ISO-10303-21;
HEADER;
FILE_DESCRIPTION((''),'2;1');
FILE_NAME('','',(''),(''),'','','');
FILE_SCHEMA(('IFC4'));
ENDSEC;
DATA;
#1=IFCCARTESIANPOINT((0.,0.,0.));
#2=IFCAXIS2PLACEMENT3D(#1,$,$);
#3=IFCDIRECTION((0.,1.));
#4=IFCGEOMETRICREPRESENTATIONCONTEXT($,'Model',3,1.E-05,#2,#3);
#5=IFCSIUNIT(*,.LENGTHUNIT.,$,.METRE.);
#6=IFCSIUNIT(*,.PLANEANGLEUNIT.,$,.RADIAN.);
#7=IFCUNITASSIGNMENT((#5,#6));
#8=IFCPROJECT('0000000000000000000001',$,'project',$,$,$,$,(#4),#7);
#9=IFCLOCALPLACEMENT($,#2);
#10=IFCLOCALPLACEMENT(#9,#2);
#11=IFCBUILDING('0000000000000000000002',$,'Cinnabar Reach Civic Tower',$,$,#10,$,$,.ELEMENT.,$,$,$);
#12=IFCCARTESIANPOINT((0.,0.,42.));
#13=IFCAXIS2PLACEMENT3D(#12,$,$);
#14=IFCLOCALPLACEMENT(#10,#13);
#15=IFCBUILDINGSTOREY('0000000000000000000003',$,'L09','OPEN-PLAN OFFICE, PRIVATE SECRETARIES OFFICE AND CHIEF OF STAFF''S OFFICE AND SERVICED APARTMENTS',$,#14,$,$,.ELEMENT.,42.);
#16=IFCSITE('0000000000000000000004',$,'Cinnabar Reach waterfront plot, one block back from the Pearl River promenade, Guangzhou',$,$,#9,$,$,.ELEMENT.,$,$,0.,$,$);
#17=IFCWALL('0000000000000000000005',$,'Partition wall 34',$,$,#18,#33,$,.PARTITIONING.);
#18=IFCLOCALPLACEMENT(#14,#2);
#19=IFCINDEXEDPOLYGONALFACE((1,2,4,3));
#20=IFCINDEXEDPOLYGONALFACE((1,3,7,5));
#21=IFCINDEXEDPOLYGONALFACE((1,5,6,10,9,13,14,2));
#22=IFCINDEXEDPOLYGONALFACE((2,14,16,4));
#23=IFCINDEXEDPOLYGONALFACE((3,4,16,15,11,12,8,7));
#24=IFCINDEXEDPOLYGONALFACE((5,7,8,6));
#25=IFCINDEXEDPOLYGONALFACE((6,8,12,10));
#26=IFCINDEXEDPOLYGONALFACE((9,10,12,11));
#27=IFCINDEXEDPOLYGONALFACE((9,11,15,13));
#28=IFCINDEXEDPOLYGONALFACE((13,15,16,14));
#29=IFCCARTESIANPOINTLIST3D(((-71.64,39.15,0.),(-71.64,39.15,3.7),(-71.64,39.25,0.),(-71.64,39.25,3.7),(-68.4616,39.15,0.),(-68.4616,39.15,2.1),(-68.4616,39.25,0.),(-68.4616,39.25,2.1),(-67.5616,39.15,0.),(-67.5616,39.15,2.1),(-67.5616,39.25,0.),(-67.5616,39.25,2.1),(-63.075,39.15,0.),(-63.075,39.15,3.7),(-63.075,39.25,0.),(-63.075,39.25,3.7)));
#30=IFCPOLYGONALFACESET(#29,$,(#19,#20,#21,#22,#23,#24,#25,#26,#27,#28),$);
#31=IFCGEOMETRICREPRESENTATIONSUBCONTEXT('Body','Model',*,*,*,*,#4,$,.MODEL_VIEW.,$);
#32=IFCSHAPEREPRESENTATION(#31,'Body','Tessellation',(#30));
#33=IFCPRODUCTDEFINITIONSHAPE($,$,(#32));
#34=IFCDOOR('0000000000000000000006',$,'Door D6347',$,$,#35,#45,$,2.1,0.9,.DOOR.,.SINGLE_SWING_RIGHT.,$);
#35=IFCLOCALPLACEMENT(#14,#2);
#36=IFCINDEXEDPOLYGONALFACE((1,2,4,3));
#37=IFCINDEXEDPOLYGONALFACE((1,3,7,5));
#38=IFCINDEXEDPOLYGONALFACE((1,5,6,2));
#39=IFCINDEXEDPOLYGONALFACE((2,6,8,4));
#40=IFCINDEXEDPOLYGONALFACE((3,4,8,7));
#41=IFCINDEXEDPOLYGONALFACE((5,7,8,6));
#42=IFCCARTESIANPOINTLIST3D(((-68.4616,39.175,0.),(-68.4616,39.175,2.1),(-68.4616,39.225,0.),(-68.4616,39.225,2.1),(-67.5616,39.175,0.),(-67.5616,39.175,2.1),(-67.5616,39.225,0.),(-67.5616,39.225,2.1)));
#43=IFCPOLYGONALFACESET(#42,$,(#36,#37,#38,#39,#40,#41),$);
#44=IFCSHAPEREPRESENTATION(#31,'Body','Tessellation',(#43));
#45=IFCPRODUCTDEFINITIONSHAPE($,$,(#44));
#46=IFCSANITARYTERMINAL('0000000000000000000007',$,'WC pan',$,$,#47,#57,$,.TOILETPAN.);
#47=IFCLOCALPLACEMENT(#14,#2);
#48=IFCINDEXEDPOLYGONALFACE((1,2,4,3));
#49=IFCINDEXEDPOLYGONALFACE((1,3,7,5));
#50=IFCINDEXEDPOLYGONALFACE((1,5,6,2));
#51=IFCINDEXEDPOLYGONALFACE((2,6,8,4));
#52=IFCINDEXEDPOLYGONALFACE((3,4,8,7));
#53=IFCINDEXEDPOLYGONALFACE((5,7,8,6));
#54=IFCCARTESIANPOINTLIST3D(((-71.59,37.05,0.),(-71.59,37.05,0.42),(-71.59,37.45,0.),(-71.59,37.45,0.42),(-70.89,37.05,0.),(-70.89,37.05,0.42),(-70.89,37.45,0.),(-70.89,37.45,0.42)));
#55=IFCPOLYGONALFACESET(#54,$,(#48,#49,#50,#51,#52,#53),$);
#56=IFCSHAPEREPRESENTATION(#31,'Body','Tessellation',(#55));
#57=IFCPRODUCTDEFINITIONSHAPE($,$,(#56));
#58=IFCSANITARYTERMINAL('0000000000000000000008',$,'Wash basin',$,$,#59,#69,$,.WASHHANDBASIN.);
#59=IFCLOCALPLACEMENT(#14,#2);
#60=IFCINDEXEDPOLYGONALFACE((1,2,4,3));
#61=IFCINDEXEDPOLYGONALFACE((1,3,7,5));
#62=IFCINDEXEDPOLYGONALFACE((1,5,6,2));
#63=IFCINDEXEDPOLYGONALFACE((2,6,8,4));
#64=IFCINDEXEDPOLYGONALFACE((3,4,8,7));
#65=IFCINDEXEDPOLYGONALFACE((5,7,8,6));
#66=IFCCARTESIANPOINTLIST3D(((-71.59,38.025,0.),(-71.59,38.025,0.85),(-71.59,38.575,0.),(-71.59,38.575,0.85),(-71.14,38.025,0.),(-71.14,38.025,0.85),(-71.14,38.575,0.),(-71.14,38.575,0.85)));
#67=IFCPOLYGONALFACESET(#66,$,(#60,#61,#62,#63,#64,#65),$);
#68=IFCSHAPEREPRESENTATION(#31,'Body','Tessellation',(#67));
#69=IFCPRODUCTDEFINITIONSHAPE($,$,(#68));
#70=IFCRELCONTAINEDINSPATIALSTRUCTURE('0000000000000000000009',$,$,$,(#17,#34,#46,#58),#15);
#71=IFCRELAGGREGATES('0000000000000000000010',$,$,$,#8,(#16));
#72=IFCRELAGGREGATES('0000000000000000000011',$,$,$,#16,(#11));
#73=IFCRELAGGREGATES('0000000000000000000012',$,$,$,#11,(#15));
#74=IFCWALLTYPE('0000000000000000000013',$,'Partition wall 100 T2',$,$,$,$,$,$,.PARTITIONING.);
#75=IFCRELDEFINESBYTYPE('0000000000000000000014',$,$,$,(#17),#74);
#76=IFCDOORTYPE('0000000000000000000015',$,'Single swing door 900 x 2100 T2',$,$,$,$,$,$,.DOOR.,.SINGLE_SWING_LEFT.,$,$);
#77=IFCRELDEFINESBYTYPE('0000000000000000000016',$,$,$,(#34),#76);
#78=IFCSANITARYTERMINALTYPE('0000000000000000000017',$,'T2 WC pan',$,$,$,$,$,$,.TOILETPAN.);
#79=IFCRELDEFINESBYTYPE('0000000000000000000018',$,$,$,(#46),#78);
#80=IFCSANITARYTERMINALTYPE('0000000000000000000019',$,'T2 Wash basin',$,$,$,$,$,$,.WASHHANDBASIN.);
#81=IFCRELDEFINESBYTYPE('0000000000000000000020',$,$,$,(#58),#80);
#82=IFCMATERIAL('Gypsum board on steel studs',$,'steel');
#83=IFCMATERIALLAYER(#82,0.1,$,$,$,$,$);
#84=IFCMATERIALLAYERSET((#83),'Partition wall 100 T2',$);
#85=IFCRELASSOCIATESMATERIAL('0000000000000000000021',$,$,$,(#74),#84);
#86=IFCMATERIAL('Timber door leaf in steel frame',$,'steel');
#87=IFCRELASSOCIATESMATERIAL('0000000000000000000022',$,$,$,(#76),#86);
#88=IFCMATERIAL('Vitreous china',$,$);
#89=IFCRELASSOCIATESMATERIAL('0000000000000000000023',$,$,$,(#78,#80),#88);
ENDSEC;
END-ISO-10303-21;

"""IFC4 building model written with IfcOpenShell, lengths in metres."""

from ifc_helpers import new_model, si_unit, direction, frame, frame_2d, origin, origin_2d, place, context, subcontext, project, spatial, rectangle, extrude, material, layer, layer_set, type_object, element, fill, save


model = new_model("IFC4")

# Units and contexts
model_context = context("Model", 3, precision=1e-05, world=origin(), true_north=direction((0.0, 1.0)))
body_context = subcontext(model_context, "Body", "Model", "MODEL_VIEW")
ifc_project = project(units=[si_unit("LENGTHUNIT", "METRE"), si_unit("PLANEANGLEUNIT", "RADIAN")], contexts=[model_context])

# Site, building, storey
site_placement = place(None, origin())
site = spatial("IfcSite", under=ifc_project, at=site_placement, Name="Cinnabar Reach waterfront plot, one block back from the Pearl River promenade, Guangzhou", CompositionType="ELEMENT", RefElevation=0.0)
building_placement = place(site_placement, origin())
building = spatial("IfcBuilding", under=site, at=building_placement, Name="Cinnabar Reach Civic Tower", CompositionType="ELEMENT")
storey_placement = place(building_placement, frame((0.0, 0.0, 42.0)))
storey = spatial("IfcBuildingStorey", under=building, at=storey_placement, Name="L09", Description="OPEN-PLAN OFFICE, PRIVATE SECRETARIES OFFICE AND CHIEF OF STAFF'S OFFICE AND SERVICED APARTMENTS", CompositionType="ELEMENT", Elevation=42.0)

# Wall, opening, door
ifc_material_1 = material(Name="Gypsum board on steel studs", Category="steel")
ifc_layer_1 = layer(ifc_material_1, 0.1)
ifc_layer_set_1 = layer_set([ifc_layer_1], Name="Partition wall 100 T2")
wall_type_1 = type_object("IfcWallType", Name="Partition wall 100 T2", PredefinedType="PARTITIONING", material=ifc_layer_set_1)
ifc_material_2 = material(Name="Timber door leaf in steel frame", Category="steel")
door_type = type_object("IfcDoorType", Name="Single swing door 900 x 2100 T2", OperationType="SINGLE_SWING_LEFT", PredefinedType="DOOR", material=ifc_material_2)
wall_1_placement = place(storey_placement, frame((-71.64, 39.2, 0.0), z_axis=(0.0, 0.0, 1.0), x_axis=(1.0, 0.0, 0.0)))
wall_1 = element("IfcWall", 1, at=wall_1_placement, inside=storey, type_object=wall_type_1, Name="Partition wall 34", PredefinedType="PARTITIONING", context=body_context, shape_type="SweptSolid", body=[
    extrude(rectangle(XDim=8.565, YDim=0.1, at=frame_2d((4.2825, 0.0))), origin(), (0.0, 0.0, 1.0), 3.7),
])
opening_1_placement = place(wall_1_placement, frame((3.1784, 0.0, 0.0)))
opening_1 = element("IfcOpeningElement", 2, at=opening_1_placement, cuts=wall_1, PredefinedType="OPENING", context=body_context, shape_type="SweptSolid", body=[
    extrude(rectangle(XDim=0.9, YDim=2.1, at=frame_2d((0.45, 1.05))), frame((0.0, 0.06, 0.0), z_axis=(0.0, -1.0, 0.0), x_axis=(1.0, 0.0, 0.0)), (0.0, 0.0, 1.0), 0.12),
])
door_1_placement = place(opening_1_placement, frame((0.9, 0.0, 0.0), z_axis=(0.0, 0.0, 1.0), x_axis=(-1.0, 0.0, 0.0)))
door_1 = element("IfcDoor", 3, at=door_1_placement, inside=storey, type_object=door_type, Name="Door D6347", OperationType="SINGLE_SWING_RIGHT", OverallHeight=2.1, OverallWidth=0.9, PredefinedType="DOOR", context=body_context, shape_type="SweptSolid", body=[
    extrude(rectangle(XDim=0.9, YDim=2.1, at=frame_2d((0.45, 1.05))), frame((0.0, 0.025, 0.0), z_axis=(0.0, -1.0, 0.0), x_axis=(1.0, 0.0, 0.0)), (0.0, 0.0, 1.0), 0.05),
])
fill(opening_1, door_1)

# Sanitary terminals
ifc_material_3 = material(Name="Vitreous china")
sanitary_terminal_type_1 = type_object("IfcSanitaryTerminalType", Name="T2 WC pan", PredefinedType="TOILETPAN", material=ifc_material_3)
sanitary_terminal_1_placement = place(storey_placement, frame((-71.24, 37.25, 0.0), z_axis=(0.0, 0.0, 1.0), x_axis=(1.0, 0.0, 0.0)))
element("IfcSanitaryTerminal", 4, at=sanitary_terminal_1_placement, inside=storey, type_object=sanitary_terminal_type_1, Name="WC pan", PredefinedType="TOILETPAN", context=body_context, shape_type="SweptSolid", body=[
    extrude(rectangle(XDim=0.7, YDim=0.4, at=origin_2d()), origin(), (0.0, 0.0, 1.0), 0.42),
])
sanitary_terminal_type_2 = type_object("IfcSanitaryTerminalType", Name="T2 Wash basin", PredefinedType="WASHHANDBASIN", material=ifc_material_3)
sanitary_terminal_2_placement = place(storey_placement, frame((-71.365, 38.3, 0.0), z_axis=(0.0, 0.0, 1.0), x_axis=(1.0, 0.0, 0.0)))
element("IfcSanitaryTerminal", 5, at=sanitary_terminal_2_placement, inside=storey, type_object=sanitary_terminal_type_2, Name="Wash basin", PredefinedType="WASHHANDBASIN", context=body_context, shape_type="SweptSolid", body=[
    extrude(rectangle(XDim=0.45, YDim=0.55, at=origin_2d()), origin(), (0.0, 0.0, 1.0), 0.85),
])

save(model, "model.ifc")
